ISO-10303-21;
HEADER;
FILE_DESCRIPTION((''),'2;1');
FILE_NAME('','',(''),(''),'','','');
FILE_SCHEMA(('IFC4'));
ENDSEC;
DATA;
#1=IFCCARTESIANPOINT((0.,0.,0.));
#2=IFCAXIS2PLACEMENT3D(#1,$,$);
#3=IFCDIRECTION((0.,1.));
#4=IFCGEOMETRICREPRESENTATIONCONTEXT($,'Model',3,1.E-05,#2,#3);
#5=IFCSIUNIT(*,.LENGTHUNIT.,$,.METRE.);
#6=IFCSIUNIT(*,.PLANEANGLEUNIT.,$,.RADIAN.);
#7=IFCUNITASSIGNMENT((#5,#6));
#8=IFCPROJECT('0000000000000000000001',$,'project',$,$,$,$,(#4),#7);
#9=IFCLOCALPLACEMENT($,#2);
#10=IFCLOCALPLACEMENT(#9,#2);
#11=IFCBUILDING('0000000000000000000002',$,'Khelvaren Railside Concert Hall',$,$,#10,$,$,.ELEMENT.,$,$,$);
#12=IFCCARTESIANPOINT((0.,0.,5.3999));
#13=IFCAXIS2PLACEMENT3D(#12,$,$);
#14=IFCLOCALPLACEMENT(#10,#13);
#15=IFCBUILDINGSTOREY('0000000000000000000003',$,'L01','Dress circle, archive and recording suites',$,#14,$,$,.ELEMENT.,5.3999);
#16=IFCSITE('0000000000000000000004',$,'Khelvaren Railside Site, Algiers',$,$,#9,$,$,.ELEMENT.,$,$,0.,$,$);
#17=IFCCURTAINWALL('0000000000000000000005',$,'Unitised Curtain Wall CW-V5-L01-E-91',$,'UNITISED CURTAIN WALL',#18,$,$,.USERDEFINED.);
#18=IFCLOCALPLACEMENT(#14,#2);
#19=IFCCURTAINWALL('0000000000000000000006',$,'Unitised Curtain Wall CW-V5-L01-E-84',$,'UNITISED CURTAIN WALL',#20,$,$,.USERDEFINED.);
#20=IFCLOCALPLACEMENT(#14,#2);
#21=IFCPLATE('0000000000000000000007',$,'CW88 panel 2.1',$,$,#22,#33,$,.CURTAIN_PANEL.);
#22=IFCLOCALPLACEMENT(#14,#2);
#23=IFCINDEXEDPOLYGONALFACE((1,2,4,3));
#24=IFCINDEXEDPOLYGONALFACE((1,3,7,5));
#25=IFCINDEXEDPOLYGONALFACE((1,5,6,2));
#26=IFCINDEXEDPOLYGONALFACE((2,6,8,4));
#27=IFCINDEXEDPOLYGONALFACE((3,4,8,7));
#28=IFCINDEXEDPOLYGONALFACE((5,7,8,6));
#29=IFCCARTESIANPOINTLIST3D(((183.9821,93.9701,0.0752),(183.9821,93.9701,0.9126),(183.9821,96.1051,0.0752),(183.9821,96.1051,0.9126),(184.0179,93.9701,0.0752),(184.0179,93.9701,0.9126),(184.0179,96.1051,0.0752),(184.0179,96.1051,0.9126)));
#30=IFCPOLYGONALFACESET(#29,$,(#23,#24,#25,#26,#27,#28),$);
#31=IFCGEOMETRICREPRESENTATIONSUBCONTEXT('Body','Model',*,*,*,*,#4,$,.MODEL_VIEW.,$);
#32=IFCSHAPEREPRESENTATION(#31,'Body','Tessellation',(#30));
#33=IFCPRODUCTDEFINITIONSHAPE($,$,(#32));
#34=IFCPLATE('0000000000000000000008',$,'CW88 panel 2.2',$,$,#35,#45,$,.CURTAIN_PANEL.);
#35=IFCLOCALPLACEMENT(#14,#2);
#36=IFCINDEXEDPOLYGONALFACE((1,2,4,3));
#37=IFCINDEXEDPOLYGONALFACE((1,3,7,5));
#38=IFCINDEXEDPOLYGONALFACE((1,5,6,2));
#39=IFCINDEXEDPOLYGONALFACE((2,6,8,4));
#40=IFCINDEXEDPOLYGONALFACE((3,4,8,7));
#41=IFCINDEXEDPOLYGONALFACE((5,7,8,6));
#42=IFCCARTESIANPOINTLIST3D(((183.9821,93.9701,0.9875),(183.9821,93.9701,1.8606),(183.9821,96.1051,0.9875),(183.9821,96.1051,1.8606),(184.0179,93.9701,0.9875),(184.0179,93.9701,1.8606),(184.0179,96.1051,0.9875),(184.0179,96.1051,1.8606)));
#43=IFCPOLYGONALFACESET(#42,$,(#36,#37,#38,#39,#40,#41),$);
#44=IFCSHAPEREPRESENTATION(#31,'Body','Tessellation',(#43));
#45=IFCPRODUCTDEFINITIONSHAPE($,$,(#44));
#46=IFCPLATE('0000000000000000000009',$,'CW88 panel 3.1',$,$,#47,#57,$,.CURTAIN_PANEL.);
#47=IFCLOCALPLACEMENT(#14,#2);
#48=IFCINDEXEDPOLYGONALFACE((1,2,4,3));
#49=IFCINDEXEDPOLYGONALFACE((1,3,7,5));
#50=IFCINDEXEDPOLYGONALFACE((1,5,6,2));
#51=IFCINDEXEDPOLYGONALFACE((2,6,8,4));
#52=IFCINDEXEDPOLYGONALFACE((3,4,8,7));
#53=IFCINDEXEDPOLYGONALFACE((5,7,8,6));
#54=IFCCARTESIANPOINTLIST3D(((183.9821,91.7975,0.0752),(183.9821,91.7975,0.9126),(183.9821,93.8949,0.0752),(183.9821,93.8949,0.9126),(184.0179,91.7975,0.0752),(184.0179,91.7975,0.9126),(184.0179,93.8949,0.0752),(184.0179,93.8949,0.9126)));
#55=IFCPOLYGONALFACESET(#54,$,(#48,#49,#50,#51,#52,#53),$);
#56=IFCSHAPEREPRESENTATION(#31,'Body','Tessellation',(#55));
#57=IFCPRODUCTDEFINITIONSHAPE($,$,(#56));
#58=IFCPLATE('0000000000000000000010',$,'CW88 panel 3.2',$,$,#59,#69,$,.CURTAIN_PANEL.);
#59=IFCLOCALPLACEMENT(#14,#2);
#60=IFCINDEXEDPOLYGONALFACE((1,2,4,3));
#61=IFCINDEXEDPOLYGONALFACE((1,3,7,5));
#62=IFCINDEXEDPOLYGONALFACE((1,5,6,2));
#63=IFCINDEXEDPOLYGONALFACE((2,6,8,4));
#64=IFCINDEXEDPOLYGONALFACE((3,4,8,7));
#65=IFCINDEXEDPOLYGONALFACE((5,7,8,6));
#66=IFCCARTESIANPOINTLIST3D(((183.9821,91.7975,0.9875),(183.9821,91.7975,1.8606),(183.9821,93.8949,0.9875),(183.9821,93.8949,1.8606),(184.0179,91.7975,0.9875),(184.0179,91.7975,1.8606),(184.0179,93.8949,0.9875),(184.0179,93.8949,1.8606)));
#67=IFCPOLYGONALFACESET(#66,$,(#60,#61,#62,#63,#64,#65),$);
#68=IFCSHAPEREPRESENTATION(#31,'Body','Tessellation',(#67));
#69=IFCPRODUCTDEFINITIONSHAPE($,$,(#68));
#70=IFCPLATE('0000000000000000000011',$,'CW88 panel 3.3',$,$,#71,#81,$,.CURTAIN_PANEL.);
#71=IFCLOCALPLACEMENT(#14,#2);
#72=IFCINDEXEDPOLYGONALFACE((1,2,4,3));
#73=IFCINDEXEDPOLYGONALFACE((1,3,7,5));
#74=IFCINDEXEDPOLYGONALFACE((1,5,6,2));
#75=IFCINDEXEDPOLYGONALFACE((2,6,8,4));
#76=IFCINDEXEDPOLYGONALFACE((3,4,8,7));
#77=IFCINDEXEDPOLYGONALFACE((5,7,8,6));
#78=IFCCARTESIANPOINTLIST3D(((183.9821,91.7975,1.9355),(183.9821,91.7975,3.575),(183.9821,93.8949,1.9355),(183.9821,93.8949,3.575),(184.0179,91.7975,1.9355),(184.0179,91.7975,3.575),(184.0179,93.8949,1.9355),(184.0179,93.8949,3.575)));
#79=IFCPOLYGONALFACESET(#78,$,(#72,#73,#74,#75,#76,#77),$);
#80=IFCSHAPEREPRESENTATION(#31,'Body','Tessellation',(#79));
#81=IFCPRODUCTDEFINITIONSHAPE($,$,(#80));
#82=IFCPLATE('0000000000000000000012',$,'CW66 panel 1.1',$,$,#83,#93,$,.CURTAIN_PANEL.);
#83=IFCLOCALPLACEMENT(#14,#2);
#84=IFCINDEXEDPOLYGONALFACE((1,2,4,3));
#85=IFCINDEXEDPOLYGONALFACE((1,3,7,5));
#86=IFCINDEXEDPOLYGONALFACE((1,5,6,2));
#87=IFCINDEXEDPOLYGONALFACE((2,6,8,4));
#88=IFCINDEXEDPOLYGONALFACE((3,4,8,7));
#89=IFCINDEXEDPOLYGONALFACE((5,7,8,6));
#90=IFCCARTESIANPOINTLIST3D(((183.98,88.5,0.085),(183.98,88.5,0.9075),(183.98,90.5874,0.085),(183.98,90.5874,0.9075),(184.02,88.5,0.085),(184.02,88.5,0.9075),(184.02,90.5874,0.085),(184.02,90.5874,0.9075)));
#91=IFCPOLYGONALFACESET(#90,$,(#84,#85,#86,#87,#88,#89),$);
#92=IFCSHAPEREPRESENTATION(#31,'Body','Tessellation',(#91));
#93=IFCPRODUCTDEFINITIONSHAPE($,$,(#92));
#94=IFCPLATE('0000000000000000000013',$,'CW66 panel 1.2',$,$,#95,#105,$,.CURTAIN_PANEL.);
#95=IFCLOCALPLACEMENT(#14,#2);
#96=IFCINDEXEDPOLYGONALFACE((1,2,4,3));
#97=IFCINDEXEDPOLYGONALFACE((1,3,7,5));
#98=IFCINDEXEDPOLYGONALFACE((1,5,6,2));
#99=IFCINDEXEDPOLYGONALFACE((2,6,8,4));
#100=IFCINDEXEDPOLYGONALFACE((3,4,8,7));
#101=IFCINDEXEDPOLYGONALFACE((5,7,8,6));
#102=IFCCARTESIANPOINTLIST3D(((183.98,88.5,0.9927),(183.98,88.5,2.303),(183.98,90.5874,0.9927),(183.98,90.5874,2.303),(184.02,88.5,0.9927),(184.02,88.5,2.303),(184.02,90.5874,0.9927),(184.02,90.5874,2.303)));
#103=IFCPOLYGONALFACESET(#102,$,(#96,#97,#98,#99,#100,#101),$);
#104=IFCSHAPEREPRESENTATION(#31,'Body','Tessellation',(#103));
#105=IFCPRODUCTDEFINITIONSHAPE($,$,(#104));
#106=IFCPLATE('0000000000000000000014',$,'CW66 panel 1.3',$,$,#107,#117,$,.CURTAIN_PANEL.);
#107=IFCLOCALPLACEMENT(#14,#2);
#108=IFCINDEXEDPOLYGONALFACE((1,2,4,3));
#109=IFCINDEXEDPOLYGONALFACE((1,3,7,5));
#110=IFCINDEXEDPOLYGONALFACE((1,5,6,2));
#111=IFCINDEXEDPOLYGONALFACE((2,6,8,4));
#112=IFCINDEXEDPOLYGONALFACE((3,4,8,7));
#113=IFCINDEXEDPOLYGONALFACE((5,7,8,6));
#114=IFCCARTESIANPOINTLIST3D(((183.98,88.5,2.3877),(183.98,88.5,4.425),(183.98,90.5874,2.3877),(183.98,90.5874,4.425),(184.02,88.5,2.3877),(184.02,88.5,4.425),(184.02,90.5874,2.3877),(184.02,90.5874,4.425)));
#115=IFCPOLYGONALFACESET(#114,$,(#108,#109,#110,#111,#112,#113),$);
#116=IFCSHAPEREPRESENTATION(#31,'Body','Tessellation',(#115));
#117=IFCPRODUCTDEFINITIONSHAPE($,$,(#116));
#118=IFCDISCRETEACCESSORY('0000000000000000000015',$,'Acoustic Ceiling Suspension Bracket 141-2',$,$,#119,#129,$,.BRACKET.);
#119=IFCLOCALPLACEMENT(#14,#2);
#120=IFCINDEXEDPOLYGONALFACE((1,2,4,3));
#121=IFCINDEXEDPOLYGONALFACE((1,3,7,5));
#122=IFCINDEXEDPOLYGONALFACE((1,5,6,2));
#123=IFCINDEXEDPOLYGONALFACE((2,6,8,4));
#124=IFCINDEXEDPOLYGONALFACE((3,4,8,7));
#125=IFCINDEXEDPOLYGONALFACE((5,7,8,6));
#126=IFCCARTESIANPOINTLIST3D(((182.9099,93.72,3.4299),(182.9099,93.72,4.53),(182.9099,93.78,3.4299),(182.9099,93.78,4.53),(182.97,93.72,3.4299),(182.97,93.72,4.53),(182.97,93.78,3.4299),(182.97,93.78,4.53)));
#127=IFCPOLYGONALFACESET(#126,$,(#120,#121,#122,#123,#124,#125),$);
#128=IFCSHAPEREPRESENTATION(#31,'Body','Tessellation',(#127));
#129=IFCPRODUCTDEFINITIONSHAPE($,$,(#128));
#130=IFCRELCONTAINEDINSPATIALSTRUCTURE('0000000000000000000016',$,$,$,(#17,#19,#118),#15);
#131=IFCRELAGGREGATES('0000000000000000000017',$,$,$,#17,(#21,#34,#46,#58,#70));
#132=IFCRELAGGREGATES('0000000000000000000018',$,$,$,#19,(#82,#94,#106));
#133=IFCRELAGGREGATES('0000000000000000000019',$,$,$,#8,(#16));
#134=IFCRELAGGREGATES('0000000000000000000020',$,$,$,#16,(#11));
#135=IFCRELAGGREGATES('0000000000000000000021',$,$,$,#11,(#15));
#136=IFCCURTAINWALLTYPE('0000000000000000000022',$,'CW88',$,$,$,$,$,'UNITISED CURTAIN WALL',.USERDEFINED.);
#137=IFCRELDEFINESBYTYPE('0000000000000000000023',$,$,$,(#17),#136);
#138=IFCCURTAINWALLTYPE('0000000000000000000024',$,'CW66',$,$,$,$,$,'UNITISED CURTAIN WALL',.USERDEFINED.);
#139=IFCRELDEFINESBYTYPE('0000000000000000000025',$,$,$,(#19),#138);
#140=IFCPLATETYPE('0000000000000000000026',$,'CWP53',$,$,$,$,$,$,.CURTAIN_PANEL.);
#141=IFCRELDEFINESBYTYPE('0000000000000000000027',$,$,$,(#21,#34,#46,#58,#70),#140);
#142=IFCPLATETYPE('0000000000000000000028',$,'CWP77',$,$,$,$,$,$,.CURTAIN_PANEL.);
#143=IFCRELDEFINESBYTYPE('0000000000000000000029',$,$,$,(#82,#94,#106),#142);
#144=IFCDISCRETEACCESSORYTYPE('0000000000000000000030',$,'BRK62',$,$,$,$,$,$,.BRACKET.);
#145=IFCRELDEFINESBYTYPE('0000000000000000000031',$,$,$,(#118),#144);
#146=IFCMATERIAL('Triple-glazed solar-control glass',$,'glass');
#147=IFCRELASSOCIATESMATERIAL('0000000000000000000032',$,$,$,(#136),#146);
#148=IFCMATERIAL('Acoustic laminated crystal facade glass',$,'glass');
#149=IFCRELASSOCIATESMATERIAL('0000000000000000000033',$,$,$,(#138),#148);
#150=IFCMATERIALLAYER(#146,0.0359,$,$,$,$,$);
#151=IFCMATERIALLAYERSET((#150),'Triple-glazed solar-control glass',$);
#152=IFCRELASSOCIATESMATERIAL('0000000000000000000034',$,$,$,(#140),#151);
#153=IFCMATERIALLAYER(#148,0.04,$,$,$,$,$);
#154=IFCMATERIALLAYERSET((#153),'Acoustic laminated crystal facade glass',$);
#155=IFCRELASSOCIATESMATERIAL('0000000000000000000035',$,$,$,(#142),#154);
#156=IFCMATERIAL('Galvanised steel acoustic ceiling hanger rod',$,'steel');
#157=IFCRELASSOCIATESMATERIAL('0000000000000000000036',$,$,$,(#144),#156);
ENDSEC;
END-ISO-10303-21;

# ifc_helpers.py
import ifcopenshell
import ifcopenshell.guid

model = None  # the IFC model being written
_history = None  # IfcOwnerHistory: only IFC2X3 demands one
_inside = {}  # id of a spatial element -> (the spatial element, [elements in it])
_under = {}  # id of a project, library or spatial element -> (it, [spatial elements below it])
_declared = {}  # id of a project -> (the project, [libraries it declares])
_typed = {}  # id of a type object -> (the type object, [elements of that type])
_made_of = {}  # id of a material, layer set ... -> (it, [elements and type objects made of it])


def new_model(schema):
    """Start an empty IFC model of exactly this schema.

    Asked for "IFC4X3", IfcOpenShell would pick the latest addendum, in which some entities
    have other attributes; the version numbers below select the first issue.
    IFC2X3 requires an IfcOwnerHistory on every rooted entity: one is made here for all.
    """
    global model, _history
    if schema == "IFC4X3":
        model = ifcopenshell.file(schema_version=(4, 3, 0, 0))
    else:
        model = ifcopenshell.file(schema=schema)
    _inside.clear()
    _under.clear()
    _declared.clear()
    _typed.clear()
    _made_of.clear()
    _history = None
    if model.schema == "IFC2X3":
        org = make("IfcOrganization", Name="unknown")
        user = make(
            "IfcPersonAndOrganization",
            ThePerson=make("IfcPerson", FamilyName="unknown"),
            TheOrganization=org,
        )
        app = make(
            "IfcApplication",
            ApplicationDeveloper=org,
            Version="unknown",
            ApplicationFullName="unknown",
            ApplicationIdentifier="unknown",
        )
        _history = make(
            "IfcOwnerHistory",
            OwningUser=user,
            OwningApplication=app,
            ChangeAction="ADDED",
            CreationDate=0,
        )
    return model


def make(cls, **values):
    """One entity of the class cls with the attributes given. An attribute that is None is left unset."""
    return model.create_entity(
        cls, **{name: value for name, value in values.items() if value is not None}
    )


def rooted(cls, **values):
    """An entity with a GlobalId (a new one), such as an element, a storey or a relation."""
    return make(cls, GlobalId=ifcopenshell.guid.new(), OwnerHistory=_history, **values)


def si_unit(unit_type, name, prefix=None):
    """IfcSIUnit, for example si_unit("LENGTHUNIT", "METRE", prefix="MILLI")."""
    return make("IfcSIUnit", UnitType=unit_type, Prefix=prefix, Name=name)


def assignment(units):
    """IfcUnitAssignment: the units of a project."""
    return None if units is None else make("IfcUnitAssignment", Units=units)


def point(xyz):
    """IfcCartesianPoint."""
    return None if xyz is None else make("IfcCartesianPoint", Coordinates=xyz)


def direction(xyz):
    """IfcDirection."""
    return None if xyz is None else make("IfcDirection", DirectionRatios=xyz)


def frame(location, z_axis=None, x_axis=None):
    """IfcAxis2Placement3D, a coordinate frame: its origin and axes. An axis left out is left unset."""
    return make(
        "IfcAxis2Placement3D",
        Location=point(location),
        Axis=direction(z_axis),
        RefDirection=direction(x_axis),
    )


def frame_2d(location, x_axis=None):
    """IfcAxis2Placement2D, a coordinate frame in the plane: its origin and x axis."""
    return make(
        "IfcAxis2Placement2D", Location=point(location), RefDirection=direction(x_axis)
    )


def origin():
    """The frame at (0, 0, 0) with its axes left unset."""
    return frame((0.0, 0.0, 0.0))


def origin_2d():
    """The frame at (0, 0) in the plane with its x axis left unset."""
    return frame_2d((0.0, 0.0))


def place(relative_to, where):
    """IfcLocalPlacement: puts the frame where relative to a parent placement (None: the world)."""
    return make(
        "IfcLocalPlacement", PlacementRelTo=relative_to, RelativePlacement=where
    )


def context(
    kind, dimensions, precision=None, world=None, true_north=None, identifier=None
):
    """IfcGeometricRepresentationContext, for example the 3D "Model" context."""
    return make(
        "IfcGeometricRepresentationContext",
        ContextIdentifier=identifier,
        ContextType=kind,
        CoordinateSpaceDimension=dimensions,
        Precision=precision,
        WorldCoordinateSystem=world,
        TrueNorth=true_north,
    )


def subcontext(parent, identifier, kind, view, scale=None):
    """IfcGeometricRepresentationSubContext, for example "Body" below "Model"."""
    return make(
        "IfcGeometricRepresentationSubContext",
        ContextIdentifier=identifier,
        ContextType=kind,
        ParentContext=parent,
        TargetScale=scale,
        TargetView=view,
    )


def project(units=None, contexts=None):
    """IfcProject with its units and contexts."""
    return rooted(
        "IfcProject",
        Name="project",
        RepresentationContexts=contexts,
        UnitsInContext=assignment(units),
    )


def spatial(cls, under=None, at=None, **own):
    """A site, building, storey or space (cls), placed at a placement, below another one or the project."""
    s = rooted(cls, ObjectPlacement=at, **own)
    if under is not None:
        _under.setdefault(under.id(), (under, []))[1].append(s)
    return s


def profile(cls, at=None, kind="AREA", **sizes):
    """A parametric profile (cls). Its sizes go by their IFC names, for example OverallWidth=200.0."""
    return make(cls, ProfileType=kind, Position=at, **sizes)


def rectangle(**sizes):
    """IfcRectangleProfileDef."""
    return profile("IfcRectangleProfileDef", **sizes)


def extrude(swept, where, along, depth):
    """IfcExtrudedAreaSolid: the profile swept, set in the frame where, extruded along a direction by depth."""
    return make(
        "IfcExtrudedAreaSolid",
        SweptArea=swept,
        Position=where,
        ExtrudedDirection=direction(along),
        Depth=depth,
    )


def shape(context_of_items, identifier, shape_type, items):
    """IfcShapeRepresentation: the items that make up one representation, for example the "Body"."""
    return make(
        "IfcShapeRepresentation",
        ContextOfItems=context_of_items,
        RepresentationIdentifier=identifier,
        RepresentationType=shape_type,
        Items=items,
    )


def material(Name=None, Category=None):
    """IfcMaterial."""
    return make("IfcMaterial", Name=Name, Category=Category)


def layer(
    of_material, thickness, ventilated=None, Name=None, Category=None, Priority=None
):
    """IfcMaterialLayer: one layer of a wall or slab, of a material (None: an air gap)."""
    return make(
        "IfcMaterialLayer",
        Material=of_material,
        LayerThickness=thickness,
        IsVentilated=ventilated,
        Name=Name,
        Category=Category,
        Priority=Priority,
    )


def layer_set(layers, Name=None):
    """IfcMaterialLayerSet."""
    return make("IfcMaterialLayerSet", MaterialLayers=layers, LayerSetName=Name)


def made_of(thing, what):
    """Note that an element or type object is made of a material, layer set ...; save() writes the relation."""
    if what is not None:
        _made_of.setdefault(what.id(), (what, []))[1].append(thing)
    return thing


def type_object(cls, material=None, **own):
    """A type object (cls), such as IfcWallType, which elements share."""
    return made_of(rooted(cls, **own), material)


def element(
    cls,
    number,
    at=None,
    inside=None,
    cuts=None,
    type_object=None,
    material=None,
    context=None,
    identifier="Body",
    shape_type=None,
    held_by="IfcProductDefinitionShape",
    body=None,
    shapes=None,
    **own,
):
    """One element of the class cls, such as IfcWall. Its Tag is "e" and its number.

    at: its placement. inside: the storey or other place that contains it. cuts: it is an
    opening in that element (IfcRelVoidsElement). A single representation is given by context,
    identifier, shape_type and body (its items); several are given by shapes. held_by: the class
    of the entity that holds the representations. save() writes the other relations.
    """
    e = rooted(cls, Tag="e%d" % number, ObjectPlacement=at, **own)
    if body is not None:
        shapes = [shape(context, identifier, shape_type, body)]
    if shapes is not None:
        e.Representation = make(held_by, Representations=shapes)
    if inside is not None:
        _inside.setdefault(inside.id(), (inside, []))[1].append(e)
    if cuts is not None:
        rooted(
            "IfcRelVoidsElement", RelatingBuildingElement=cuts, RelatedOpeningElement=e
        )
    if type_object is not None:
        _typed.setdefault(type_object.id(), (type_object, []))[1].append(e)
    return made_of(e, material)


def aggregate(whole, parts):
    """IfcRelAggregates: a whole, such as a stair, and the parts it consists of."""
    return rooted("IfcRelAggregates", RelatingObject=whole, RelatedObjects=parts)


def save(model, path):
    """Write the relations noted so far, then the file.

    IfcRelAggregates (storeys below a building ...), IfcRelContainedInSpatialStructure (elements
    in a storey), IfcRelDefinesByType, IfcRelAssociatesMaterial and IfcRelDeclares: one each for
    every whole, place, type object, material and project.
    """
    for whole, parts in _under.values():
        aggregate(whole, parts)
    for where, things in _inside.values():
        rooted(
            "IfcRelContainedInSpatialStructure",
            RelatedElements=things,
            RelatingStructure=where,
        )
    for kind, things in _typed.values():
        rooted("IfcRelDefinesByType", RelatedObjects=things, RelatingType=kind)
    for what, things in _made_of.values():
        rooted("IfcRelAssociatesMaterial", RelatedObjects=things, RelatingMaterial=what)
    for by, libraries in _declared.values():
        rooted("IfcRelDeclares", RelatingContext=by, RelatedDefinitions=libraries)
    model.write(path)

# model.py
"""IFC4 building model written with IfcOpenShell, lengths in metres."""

from ifc_helpers import new_model, si_unit, direction, frame, origin, origin_2d, place, context, subcontext, project, spatial, rectangle, extrude, material, layer, layer_set, type_object, element, aggregate, save


model = new_model("IFC4")

# Units and contexts
model_context = context("Model", 3, precision=1e-05, world=origin(), true_north=direction((0.0, 1.0)))
body_context = subcontext(model_context, "Body", "Model", "MODEL_VIEW")
ifc_project = project(units=[si_unit("LENGTHUNIT", "METRE"), si_unit("PLANEANGLEUNIT", "RADIAN")], contexts=[model_context])

# Site, building, storey
site_placement = place(None, origin())
site = spatial("IfcSite", under=ifc_project, at=site_placement, Name="Khelvaren Railside Site, Algiers", CompositionType="ELEMENT", RefElevation=0.0)
building_placement = place(site_placement, origin())
building = spatial("IfcBuilding", under=site, at=building_placement, Name="Khelvaren Railside Concert Hall", CompositionType="ELEMENT")
storey_placement = place(building_placement, frame((0.0, 0.0, 5.3999)))
storey = spatial("IfcBuildingStorey", under=building, at=storey_placement, Name="L01", Description="Dress circle, archive and recording suites", CompositionType="ELEMENT", Elevation=5.3999)

# Curtain walls
ifc_material_1 = material(Name="Triple-glazed solar-control glass", Category="glass")
curtain_wall_type_1 = type_object("IfcCurtainWallType", Name="CW88", ElementType="UNITISED CURTAIN WALL", PredefinedType="USERDEFINED", material=ifc_material_1)
curtain_wall_1_placement = place(storey_placement, origin())
curtain_wall_1 = element("IfcCurtainWall", 1, at=curtain_wall_1_placement, inside=storey, type_object=curtain_wall_type_1, Name="Unitised Curtain Wall CW-V5-L01-E-91", ObjectType="UNITISED CURTAIN WALL", PredefinedType="USERDEFINED")
ifc_material_2 = material(Name="Acoustic laminated crystal facade glass", Category="glass")
curtain_wall_type_2 = type_object("IfcCurtainWallType", Name="CW66", ElementType="UNITISED CURTAIN WALL", PredefinedType="USERDEFINED", material=ifc_material_2)
curtain_wall_2_placement = place(storey_placement, origin())
curtain_wall_2 = element("IfcCurtainWall", 2, at=curtain_wall_2_placement, inside=storey, type_object=curtain_wall_type_2, Name="Unitised Curtain Wall CW-V5-L01-E-84", ObjectType="UNITISED CURTAIN WALL", PredefinedType="USERDEFINED")

# Plates
ifc_layer_1 = layer(ifc_material_1, 0.0359)
ifc_layer_set_1 = layer_set([ifc_layer_1], Name="Triple-glazed solar-control glass")
plate_type_1 = type_object("IfcPlateType", Name="CWP53", PredefinedType="CURTAIN_PANEL", material=ifc_layer_set_1)
plate_1_placement = place(storey_placement, frame((184.0, 95.0376, 0.0752), z_axis=(0.0, 0.0, 1.0), x_axis=(0.0, -1.0, 0.0)))
plate_1 = element("IfcPlate", 3, at=plate_1_placement, type_object=plate_type_1, Name="CW88 panel 2.1", PredefinedType="CURTAIN_PANEL", context=body_context, shape_type="SweptSolid", body=[
    extrude(rectangle(XDim=2.135, YDim=0.0359, at=origin_2d()), origin(), (0.0, 0.0, 1.0), 0.8374),
])
plate_2_placement = place(storey_placement, frame((184.0, 95.0376, 0.9875), z_axis=(0.0, 0.0, 1.0), x_axis=(0.0, -1.0, 0.0)))
plate_2 = element("IfcPlate", 4, at=plate_2_placement, type_object=plate_type_1, Name="CW88 panel 2.2", PredefinedType="CURTAIN_PANEL", context=body_context, shape_type="SweptSolid", body=[
    extrude(rectangle(XDim=2.135, YDim=0.0359, at=origin_2d()), origin(), (0.0, 0.0, 1.0), 0.873),
])
plate_3_placement = place(storey_placement, frame((184.0, 92.8462, 0.0752), z_axis=(0.0, 0.0, 1.0), x_axis=(0.0, -1.0, 0.0)))
plate_3 = element("IfcPlate", 5, at=plate_3_placement, type_object=plate_type_1, Name="CW88 panel 3.1", PredefinedType="CURTAIN_PANEL", context=body_context, shape_type="SweptSolid", body=[
    extrude(rectangle(XDim=2.0974, YDim=0.0359, at=origin_2d()), origin(), (0.0, 0.0, 1.0), 0.8374),
])
plate_4_placement = place(storey_placement, frame((184.0, 92.8462, 0.9875), z_axis=(0.0, 0.0, 1.0), x_axis=(0.0, -1.0, 0.0)))
plate_4 = element("IfcPlate", 6, at=plate_4_placement, type_object=plate_type_1, Name="CW88 panel 3.2", PredefinedType="CURTAIN_PANEL", context=body_context, shape_type="SweptSolid", body=[
    extrude(rectangle(XDim=2.0974, YDim=0.0359, at=origin_2d()), origin(), (0.0, 0.0, 1.0), 0.873),
])
plate_5_placement = place(storey_placement, frame((184.0, 92.8462, 1.9355), z_axis=(0.0, 0.0, 1.0), x_axis=(0.0, -1.0, 0.0)))
plate_5 = element("IfcPlate", 7, at=plate_5_placement, type_object=plate_type_1, Name="CW88 panel 3.3", PredefinedType="CURTAIN_PANEL", context=body_context, shape_type="SweptSolid", body=[
    extrude(rectangle(XDim=2.0974, YDim=0.0359, at=origin_2d()), origin(), (0.0, 0.0, 1.0), 1.6394),
])
aggregate(curtain_wall_1, [plate_1, plate_2, plate_3, plate_4, plate_5])
ifc_layer_2 = layer(ifc_material_2, 0.04)
ifc_layer_set_2 = layer_set([ifc_layer_2], Name="Acoustic laminated crystal facade glass")
plate_type_2 = type_object("IfcPlateType", Name="CWP77", PredefinedType="CURTAIN_PANEL", material=ifc_layer_set_2)
plate_6_placement = place(storey_placement, frame((184.0, 89.5437, 0.085), z_axis=(0.0, 0.0, 1.0), x_axis=(0.0, -1.0, 0.0)))
plate_6 = element("IfcPlate", 8, at=plate_6_placement, type_object=plate_type_2, Name="CW66 panel 1.1", PredefinedType="CURTAIN_PANEL", context=body_context, shape_type="SweptSolid", body=[
    extrude(rectangle(XDim=2.0874, YDim=0.04, at=origin_2d()), origin(), (0.0, 0.0, 1.0), 0.8225),
])
plate_7_placement = place(storey_placement, frame((184.0, 89.5437, 0.9927), z_axis=(0.0, 0.0, 1.0), x_axis=(0.0, -1.0, 0.0)))
plate_7 = element("IfcPlate", 9, at=plate_7_placement, type_object=plate_type_2, Name="CW66 panel 1.2", PredefinedType="CURTAIN_PANEL", context=body_context, shape_type="SweptSolid", body=[
    extrude(rectangle(XDim=2.0874, YDim=0.04, at=origin_2d()), origin(), (0.0, 0.0, 1.0), 1.3103),
])
plate_8_placement = place(storey_placement, frame((184.0, 89.5437, 2.3877), z_axis=(0.0, 0.0, 1.0), x_axis=(0.0, -1.0, 0.0)))
plate_8 = element("IfcPlate", 10, at=plate_8_placement, type_object=plate_type_2, Name="CW66 panel 1.3", PredefinedType="CURTAIN_PANEL", context=body_context, shape_type="SweptSolid", body=[
    extrude(rectangle(XDim=2.0874, YDim=0.04, at=origin_2d()), origin(), (0.0, 0.0, 1.0), 2.0374),
])
aggregate(curtain_wall_2, [plate_6, plate_7, plate_8])

# Discrete accessory
ifc_material_3 = material(Name="Galvanised steel acoustic ceiling hanger rod", Category="steel")
discrete_accessory_type = type_object("IfcDiscreteAccessoryType", Name="BRK62", PredefinedType="BRACKET", material=ifc_material_3)
discrete_accessory_placement = place(storey_placement, frame((182.9399, 93.75, 3.4299), z_axis=(0.0, 0.0, 1.0), x_axis=(1.0, 0.0, 0.0)))
element("IfcDiscreteAccessory", 11, at=discrete_accessory_placement, inside=storey, type_object=discrete_accessory_type, Name="Acoustic Ceiling Suspension Bracket 141-2", PredefinedType="BRACKET", context=body_context, shape_type="SweptSolid", body=[
    extrude(rectangle(XDim=0.0601, YDim=0.0601, at=origin_2d()), origin(), (0.0, 0.0, 1.0), 1.1001),
])

save(model, "model.ifc")
